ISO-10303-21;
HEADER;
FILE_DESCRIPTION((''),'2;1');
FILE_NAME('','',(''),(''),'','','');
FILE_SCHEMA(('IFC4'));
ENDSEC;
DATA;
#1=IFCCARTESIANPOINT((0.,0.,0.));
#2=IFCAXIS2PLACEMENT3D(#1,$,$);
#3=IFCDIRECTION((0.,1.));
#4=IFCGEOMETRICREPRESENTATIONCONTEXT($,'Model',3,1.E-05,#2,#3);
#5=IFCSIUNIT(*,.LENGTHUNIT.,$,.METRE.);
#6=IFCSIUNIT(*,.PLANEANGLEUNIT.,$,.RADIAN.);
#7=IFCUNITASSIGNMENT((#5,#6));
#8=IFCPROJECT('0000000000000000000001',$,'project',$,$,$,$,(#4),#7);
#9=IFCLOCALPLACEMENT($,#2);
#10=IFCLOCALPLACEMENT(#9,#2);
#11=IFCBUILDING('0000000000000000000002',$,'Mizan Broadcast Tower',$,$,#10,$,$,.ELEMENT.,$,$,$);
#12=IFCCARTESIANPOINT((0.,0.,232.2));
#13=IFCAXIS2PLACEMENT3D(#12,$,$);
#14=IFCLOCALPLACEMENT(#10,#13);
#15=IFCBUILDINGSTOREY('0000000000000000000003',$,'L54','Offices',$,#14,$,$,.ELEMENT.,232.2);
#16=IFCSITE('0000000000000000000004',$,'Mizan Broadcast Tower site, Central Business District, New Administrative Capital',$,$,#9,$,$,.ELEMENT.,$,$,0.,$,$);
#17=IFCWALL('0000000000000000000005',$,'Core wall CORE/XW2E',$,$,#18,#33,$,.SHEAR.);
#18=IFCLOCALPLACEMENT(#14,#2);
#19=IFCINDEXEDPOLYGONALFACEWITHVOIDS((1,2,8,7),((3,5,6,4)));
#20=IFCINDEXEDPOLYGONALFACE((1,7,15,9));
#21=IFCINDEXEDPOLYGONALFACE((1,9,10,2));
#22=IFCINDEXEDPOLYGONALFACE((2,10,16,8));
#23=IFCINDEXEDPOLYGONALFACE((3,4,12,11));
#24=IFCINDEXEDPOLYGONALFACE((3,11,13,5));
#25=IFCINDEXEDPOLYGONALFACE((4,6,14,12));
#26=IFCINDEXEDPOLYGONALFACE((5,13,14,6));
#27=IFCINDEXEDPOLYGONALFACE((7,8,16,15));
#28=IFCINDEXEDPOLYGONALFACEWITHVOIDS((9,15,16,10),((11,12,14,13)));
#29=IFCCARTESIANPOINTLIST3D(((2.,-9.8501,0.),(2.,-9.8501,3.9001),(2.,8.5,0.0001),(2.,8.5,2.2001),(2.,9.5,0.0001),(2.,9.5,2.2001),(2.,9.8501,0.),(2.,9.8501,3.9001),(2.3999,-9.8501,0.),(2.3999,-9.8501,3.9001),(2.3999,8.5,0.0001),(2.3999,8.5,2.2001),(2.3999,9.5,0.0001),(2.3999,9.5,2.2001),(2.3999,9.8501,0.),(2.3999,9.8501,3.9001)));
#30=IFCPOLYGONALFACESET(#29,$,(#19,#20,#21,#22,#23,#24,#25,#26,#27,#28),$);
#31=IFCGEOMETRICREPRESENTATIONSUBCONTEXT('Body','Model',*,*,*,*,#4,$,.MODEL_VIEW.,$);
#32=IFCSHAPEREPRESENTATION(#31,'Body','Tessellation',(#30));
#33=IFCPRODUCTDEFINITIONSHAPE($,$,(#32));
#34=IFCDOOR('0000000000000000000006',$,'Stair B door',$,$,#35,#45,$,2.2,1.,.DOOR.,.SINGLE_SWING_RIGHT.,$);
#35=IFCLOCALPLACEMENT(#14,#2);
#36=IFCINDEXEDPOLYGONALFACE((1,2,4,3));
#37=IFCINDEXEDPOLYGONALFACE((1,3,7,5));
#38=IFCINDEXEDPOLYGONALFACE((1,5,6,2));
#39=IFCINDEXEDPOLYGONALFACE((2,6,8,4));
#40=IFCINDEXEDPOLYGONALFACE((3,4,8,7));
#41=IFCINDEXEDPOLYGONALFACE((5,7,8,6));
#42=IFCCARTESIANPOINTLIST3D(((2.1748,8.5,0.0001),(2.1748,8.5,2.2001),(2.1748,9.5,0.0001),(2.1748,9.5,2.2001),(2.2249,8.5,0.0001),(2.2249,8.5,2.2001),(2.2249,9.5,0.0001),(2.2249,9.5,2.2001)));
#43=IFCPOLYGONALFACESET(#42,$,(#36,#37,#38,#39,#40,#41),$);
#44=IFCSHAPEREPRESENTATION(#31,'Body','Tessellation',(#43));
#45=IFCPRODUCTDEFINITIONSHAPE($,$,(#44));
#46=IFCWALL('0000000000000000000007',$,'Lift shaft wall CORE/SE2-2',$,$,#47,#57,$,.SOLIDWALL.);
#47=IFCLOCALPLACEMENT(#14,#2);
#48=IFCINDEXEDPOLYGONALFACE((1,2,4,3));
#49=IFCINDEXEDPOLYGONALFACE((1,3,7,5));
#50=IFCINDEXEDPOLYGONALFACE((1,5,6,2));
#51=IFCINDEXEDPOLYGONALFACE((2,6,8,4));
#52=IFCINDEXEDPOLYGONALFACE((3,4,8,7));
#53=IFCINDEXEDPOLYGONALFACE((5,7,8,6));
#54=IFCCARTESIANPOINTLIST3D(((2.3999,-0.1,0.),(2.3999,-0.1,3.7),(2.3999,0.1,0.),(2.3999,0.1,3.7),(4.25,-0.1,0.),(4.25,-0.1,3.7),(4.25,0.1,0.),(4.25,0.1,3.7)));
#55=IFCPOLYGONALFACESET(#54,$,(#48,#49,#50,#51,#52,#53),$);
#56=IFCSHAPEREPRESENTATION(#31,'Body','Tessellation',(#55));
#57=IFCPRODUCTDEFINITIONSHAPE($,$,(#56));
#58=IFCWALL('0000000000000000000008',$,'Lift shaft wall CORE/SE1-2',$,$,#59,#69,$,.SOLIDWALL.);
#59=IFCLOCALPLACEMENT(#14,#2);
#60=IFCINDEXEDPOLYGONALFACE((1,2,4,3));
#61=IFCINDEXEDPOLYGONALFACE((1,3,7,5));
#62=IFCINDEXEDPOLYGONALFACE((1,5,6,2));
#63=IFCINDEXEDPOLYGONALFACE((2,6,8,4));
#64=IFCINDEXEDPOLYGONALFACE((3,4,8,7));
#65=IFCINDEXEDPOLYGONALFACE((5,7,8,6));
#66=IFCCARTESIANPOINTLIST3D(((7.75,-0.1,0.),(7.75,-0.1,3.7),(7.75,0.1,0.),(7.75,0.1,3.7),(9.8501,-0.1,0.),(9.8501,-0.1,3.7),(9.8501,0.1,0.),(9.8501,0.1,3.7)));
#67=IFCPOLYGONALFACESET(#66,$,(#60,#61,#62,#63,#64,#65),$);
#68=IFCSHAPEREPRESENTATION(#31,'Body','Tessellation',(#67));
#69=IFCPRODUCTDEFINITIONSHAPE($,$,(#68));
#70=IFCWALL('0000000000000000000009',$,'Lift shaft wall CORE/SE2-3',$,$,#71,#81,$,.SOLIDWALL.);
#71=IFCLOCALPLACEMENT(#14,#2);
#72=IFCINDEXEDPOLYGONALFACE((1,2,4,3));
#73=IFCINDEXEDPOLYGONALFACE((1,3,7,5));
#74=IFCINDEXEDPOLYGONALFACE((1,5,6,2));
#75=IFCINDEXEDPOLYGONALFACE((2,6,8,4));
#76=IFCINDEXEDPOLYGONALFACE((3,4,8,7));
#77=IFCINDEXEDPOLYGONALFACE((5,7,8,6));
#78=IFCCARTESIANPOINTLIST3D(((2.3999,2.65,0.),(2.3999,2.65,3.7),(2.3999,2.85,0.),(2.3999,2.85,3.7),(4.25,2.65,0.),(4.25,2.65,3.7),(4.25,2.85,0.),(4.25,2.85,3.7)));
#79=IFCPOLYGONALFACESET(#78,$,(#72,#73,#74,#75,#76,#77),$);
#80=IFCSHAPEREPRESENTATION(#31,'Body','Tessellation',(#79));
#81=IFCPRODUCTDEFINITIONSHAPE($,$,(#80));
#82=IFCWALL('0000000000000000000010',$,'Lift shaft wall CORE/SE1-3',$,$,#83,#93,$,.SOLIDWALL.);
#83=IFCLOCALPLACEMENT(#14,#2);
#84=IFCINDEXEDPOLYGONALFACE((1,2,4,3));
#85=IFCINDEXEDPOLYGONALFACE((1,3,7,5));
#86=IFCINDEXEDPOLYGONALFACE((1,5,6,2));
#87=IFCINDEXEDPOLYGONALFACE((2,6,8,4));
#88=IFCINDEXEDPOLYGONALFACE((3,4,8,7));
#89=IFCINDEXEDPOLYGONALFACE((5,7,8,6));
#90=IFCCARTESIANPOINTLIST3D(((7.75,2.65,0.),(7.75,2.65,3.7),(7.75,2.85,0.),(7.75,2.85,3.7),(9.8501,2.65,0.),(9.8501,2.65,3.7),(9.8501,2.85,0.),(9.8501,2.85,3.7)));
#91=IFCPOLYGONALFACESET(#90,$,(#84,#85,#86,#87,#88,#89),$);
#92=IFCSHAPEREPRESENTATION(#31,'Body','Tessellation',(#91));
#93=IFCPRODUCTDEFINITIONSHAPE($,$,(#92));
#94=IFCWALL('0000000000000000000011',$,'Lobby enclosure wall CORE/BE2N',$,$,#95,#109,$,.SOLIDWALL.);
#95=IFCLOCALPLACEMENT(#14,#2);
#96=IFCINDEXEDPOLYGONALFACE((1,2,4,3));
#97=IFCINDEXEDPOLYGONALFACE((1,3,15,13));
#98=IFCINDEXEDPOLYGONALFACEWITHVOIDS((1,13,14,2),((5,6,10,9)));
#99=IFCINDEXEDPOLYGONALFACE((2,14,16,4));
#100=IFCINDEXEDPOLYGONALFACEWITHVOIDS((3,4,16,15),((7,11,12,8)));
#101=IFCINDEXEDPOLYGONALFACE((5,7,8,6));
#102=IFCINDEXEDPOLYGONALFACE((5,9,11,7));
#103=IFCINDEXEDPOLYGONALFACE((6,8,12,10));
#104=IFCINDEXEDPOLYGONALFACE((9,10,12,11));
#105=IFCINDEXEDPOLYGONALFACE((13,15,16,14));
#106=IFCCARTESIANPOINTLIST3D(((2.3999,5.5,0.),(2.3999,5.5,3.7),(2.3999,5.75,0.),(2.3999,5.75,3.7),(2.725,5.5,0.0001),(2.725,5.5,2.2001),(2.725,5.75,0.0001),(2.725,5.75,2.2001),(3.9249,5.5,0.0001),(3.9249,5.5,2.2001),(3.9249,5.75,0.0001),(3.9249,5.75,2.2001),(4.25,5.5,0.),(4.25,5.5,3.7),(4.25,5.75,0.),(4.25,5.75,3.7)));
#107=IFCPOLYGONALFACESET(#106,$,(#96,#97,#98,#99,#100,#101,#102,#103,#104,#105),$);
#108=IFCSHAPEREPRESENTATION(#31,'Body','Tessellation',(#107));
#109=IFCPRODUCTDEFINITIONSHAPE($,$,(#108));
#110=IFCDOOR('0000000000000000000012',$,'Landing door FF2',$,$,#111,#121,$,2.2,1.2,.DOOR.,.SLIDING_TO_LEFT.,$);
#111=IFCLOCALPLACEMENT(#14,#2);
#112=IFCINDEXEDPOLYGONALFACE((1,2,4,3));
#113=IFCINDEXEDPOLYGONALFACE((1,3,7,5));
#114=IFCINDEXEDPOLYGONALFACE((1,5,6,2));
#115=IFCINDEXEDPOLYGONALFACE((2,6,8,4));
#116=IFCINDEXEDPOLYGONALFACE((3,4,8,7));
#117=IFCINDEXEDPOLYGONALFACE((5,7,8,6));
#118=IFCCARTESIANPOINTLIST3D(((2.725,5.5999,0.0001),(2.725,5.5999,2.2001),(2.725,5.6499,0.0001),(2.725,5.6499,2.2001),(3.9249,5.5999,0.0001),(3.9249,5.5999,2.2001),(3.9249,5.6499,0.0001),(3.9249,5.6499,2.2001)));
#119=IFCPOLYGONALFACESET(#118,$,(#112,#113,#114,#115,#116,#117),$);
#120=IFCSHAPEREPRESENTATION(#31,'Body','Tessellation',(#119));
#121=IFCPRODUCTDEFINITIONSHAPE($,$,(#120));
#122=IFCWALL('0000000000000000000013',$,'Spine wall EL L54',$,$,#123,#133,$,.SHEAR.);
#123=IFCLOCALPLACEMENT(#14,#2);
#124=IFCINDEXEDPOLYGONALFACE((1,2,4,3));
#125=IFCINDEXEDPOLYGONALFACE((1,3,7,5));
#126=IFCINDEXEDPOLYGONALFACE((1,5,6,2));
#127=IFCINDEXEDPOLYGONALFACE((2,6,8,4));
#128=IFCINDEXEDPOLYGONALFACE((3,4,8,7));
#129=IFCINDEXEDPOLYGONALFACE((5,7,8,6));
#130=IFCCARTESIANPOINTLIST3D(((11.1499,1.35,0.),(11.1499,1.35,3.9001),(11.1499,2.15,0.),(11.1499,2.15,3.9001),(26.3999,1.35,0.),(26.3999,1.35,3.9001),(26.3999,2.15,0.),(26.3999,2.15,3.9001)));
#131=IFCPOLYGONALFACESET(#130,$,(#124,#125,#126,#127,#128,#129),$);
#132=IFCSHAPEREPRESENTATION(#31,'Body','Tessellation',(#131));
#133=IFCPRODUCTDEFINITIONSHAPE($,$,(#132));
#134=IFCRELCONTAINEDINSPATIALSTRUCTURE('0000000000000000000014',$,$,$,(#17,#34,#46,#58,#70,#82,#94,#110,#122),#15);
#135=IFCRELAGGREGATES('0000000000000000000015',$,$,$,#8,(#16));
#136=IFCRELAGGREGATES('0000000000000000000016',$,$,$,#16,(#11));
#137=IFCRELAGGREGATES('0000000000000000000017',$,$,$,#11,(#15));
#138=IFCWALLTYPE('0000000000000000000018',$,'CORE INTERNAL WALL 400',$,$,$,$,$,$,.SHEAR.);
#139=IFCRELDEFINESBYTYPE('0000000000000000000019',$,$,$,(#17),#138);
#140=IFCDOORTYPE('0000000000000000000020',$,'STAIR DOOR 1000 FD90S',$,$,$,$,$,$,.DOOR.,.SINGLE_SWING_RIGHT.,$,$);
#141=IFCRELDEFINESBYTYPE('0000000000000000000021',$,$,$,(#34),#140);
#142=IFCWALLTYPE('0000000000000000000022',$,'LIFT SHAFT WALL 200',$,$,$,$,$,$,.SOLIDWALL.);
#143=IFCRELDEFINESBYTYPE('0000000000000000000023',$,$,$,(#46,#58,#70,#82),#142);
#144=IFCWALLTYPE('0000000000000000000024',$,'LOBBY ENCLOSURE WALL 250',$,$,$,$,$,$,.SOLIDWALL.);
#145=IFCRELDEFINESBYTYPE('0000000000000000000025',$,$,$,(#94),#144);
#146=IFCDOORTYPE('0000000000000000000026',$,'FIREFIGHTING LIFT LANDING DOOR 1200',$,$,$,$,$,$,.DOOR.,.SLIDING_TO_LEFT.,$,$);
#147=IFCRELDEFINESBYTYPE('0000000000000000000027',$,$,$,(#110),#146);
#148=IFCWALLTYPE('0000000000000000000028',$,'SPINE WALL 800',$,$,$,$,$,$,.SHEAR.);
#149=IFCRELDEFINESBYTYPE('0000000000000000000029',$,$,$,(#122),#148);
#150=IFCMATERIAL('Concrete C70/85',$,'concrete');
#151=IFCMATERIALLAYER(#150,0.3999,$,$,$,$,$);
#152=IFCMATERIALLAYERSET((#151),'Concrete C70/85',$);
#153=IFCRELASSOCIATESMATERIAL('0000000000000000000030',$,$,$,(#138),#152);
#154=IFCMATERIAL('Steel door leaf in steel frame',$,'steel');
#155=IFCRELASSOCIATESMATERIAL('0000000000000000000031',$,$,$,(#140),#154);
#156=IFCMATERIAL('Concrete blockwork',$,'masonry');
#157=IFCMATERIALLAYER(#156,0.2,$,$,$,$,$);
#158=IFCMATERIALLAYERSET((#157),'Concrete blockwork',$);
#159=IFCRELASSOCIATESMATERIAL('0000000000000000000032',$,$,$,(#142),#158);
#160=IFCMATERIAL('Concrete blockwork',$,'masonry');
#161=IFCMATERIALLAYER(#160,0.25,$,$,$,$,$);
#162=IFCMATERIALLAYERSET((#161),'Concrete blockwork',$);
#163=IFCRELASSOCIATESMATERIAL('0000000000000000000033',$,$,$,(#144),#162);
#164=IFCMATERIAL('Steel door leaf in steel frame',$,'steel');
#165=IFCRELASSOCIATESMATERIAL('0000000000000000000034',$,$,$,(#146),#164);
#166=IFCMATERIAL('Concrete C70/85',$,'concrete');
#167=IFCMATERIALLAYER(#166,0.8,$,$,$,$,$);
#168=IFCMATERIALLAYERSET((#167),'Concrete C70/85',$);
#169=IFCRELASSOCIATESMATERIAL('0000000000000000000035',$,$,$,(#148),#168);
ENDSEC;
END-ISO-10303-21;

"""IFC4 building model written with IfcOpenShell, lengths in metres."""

from ifc_helpers import new_model, si_unit, direction, frame, frame_2d, origin, place, context, subcontext, project, spatial, rectangle, extrude, material, layer, layer_set, type_object, element, fill, save


model = new_model("IFC4")

# Units and contexts
model_context = context("Model", 3, precision=1e-05, world=origin(), true_north=direction((0.0, 1.0)))
body_context = subcontext(model_context, "Body", "Model", "MODEL_VIEW")
ifc_project = project(units=[si_unit("LENGTHUNIT", "METRE"), si_unit("PLANEANGLEUNIT", "RADIAN")], contexts=[model_context])

# Site, building, storey
site_placement = place(None, origin())
site = spatial("IfcSite", under=ifc_project, at=site_placement, Name="Mizan Broadcast Tower site, Central Business District, New Administrative Capital", CompositionType="ELEMENT", RefElevation=0.0)
building_placement = place(site_placement, origin())
building = spatial("IfcBuilding", under=site, at=building_placement, Name="Mizan Broadcast Tower", CompositionType="ELEMENT")
storey_placement = place(building_placement, frame((0.0, 0.0, 232.2)))
storey = spatial("IfcBuildingStorey", under=building, at=storey_placement, Name="L54", Description="Offices", CompositionType="ELEMENT", Elevation=232.2)

# Wall, opening, door
ifc_material_1 = material(Name="Concrete C70/85", Category="concrete")
ifc_layer_1 = layer(ifc_material_1, 0.3999)
ifc_layer_set_1 = layer_set([ifc_layer_1], Name="Concrete C70/85")
wall_type_1 = type_object("IfcWallType", Name="CORE INTERNAL WALL 400", PredefinedType="SHEAR", material=ifc_layer_set_1)
wall_1_placement = place(storey_placement, frame((2.2, 9.8501, 0.0), z_axis=(0.0, 0.0, 1.0), x_axis=(0.0, -1.0, 0.0)))
wall_1 = element("IfcWall", 1, at=wall_1_placement, inside=storey, type_object=wall_type_1, Name="Core wall CORE/XW2E", PredefinedType="SHEAR", context=body_context, shape_type="SweptSolid", body=[
    extrude(rectangle(XDim=19.7002, YDim=0.3999, at=frame_2d((9.8501, 0.0))), origin(), (0.0, 0.0, 1.0), 3.9001),
])
opening_1_placement = place(wall_1_placement, frame((0.3501, 0.0, 0.0)))
opening_1 = element("IfcOpeningElement", 2, at=opening_1_placement, cuts=wall_1, PredefinedType="OPENING", context=body_context, shape_type="SweptSolid", body=[
    extrude(rectangle(XDim=1.0, YDim=2.2, at=frame_2d((0.5, 1.1001))), frame((0.0, 0.21, 0.0), z_axis=(0.0, -1.0, 0.0), x_axis=(1.0, 0.0, 0.0)), (0.0, 0.0, 1.0), 0.4199),
])
ifc_material_2 = material(Name="Steel door leaf in steel frame", Category="steel")
door_type_1 = type_object("IfcDoorType", Name="STAIR DOOR 1000 FD90S", OperationType="SINGLE_SWING_RIGHT", PredefinedType="DOOR", material=ifc_material_2)
door_1_placement = place(opening_1_placement, origin())
door_1 = element("IfcDoor", 3, at=door_1_placement, inside=storey, type_object=door_type_1, Name="Stair B door", OperationType="SINGLE_SWING_RIGHT", OverallHeight=2.2, OverallWidth=1.0, PredefinedType="DOOR", context=body_context, shape_type="SweptSolid", body=[
    extrude(rectangle(XDim=1.0, YDim=2.2, at=frame_2d((0.5, 1.1001))), frame((0.0, 0.0249, 0.0), z_axis=(0.0, -1.0, 0.0), x_axis=(1.0, 0.0, 0.0)), (0.0, 0.0, 1.0), 0.05),
])
fill(opening_1, door_1)

# Walls
ifc_material_3 = material(Name="Concrete blockwork", Category="masonry")
ifc_layer_2 = layer(ifc_material_3, 0.2)
ifc_layer_set_2 = layer_set([ifc_layer_2], Name="Concrete blockwork")
wall_type_2 = type_object("IfcWallType", Name="LIFT SHAFT WALL 200", PredefinedType="SOLIDWALL", material=ifc_layer_set_2)
wall_2_placement = place(storey_placement, frame((2.3999, 0.0, 0.0), z_axis=(0.0, 0.0, 1.0), x_axis=(1.0, 0.0, 0.0)))
element("IfcWall", 4, at=wall_2_placement, inside=storey, type_object=wall_type_2, Name="Lift shaft wall CORE/SE2-2", PredefinedType="SOLIDWALL", context=body_context, shape_type="SweptSolid", body=[
    extrude(rectangle(XDim=1.8501, YDim=0.2, at=frame_2d((0.925, 0.0))), origin(), (0.0, 0.0, 1.0), 3.7),
])
wall_3_placement = place(storey_placement, frame((7.75, 0.0, 0.0), z_axis=(0.0, 0.0, 1.0), x_axis=(1.0, 0.0, 0.0)))
element("IfcWall", 5, at=wall_3_placement, inside=storey, type_object=wall_type_2, Name="Lift shaft wall CORE/SE1-2", PredefinedType="SOLIDWALL", context=body_context, shape_type="SweptSolid", body=[
    extrude(rectangle(XDim=2.1001, YDim=0.2, at=frame_2d((1.05, 0.0))), origin(), (0.0, 0.0, 1.0), 3.7),
])
wall_4_placement = place(storey_placement, frame((2.3999, 2.75, 0.0), z_axis=(0.0, 0.0, 1.0), x_axis=(1.0, 0.0, 0.0)))
element("IfcWall", 6, at=wall_4_placement, inside=storey, type_object=wall_type_2, Name="Lift shaft wall CORE/SE2-3", PredefinedType="SOLIDWALL", context=body_context, shape_type="SweptSolid", body=[
    extrude(rectangle(XDim=1.8501, YDim=0.2, at=frame_2d((0.925, 0.0))), origin(), (0.0, 0.0, 1.0), 3.7),
])
wall_5_placement = place(storey_placement, frame((7.75, 2.75, 0.0), z_axis=(0.0, 0.0, 1.0), x_axis=(1.0, 0.0, 0.0)))
element("IfcWall", 7, at=wall_5_placement, inside=storey, type_object=wall_type_2, Name="Lift shaft wall CORE/SE1-3", PredefinedType="SOLIDWALL", context=body_context, shape_type="SweptSolid", body=[
    extrude(rectangle(XDim=2.1001, YDim=0.2, at=frame_2d((1.05, 0.0))), origin(), (0.0, 0.0, 1.0), 3.7),
])

# Wall, opening, door
ifc_material_4 = material(Name="Concrete blockwork", Category="masonry")
ifc_layer_3 = layer(ifc_material_4, 0.25)
ifc_layer_set_3 = layer_set([ifc_layer_3], Name="Concrete blockwork")
wall_type_3 = type_object("IfcWallType", Name="LOBBY ENCLOSURE WALL 250", PredefinedType="SOLIDWALL", material=ifc_layer_set_3)
wall_6_placement = place(storey_placement, frame((2.3999, 5.625, 0.0), z_axis=(0.0, 0.0, 1.0), x_axis=(1.0, 0.0, 0.0)))
wall_6 = element("IfcWall", 8, at=wall_6_placement, inside=storey, type_object=wall_type_3, Name="Lobby enclosure wall CORE/BE2N", PredefinedType="SOLIDWALL", context=body_context, shape_type="SweptSolid", body=[
    extrude(rectangle(XDim=1.8501, YDim=0.25, at=frame_2d((0.925, 0.0))), origin(), (0.0, 0.0, 1.0), 3.7),
])
opening_2_placement = place(wall_6_placement, frame((0.325, 0.0, 0.0)))
opening_2 = element("IfcOpeningElement", 9, at=opening_2_placement, cuts=wall_6, PredefinedType="OPENING", context=body_context, shape_type="SweptSolid", body=[
    extrude(rectangle(XDim=1.2, YDim=2.2, at=frame_2d((0.6001, 1.1001))), frame((0.0, 0.135, 0.0), z_axis=(0.0, -1.0, 0.0), x_axis=(1.0, 0.0, 0.0)), (0.0, 0.0, 1.0), 0.27),
])
ifc_material_5 = material(Name="Steel door leaf in steel frame", Category="steel")
door_type_2 = type_object("IfcDoorType", Name="FIREFIGHTING LIFT LANDING DOOR 1200", OperationType="SLIDING_TO_LEFT", PredefinedType="DOOR", material=ifc_material_5)
door_2_placement = place(opening_2_placement, origin())
door_2 = element("IfcDoor", 10, at=door_2_placement, inside=storey, type_object=door_type_2, Name="Landing door FF2", OperationType="SLIDING_TO_LEFT", OverallHeight=2.2, OverallWidth=1.2, PredefinedType="DOOR", context=body_context, shape_type="SweptSolid", body=[
    extrude(rectangle(XDim=1.2, YDim=2.2, at=frame_2d((0.6001, 1.1001))), frame((0.0, 0.0249, 0.0), z_axis=(0.0, -1.0, 0.0), x_axis=(1.0, 0.0, 0.0)), (0.0, 0.0, 1.0), 0.05),
])
fill(opening_2, door_2)

# Wall
ifc_material_6 = material(Name="Concrete C70/85", Category="concrete")
ifc_layer_4 = layer(ifc_material_6, 0.8)
ifc_layer_set_4 = layer_set([ifc_layer_4], Name="Concrete C70/85")
wall_type_4 = type_object("IfcWallType", Name="SPINE WALL 800", PredefinedType="SHEAR", material=ifc_layer_set_4)
wall_7_placement = place(storey_placement, frame((11.1499, 1.75, 0.0), z_axis=(0.0, 0.0, 1.0), x_axis=(1.0, 0.0, 0.0)))
element("IfcWall", 11, at=wall_7_placement, inside=storey, type_object=wall_type_4, Name="Spine wall EL L54", PredefinedType="SHEAR", context=body_context, shape_type="SweptSolid", body=[
    extrude(rectangle(XDim=15.25, YDim=0.8, at=frame_2d((7.625, 0.0))), origin(), (0.0, 0.0, 1.0), 3.9001),
])

save(model, "model.ifc")
